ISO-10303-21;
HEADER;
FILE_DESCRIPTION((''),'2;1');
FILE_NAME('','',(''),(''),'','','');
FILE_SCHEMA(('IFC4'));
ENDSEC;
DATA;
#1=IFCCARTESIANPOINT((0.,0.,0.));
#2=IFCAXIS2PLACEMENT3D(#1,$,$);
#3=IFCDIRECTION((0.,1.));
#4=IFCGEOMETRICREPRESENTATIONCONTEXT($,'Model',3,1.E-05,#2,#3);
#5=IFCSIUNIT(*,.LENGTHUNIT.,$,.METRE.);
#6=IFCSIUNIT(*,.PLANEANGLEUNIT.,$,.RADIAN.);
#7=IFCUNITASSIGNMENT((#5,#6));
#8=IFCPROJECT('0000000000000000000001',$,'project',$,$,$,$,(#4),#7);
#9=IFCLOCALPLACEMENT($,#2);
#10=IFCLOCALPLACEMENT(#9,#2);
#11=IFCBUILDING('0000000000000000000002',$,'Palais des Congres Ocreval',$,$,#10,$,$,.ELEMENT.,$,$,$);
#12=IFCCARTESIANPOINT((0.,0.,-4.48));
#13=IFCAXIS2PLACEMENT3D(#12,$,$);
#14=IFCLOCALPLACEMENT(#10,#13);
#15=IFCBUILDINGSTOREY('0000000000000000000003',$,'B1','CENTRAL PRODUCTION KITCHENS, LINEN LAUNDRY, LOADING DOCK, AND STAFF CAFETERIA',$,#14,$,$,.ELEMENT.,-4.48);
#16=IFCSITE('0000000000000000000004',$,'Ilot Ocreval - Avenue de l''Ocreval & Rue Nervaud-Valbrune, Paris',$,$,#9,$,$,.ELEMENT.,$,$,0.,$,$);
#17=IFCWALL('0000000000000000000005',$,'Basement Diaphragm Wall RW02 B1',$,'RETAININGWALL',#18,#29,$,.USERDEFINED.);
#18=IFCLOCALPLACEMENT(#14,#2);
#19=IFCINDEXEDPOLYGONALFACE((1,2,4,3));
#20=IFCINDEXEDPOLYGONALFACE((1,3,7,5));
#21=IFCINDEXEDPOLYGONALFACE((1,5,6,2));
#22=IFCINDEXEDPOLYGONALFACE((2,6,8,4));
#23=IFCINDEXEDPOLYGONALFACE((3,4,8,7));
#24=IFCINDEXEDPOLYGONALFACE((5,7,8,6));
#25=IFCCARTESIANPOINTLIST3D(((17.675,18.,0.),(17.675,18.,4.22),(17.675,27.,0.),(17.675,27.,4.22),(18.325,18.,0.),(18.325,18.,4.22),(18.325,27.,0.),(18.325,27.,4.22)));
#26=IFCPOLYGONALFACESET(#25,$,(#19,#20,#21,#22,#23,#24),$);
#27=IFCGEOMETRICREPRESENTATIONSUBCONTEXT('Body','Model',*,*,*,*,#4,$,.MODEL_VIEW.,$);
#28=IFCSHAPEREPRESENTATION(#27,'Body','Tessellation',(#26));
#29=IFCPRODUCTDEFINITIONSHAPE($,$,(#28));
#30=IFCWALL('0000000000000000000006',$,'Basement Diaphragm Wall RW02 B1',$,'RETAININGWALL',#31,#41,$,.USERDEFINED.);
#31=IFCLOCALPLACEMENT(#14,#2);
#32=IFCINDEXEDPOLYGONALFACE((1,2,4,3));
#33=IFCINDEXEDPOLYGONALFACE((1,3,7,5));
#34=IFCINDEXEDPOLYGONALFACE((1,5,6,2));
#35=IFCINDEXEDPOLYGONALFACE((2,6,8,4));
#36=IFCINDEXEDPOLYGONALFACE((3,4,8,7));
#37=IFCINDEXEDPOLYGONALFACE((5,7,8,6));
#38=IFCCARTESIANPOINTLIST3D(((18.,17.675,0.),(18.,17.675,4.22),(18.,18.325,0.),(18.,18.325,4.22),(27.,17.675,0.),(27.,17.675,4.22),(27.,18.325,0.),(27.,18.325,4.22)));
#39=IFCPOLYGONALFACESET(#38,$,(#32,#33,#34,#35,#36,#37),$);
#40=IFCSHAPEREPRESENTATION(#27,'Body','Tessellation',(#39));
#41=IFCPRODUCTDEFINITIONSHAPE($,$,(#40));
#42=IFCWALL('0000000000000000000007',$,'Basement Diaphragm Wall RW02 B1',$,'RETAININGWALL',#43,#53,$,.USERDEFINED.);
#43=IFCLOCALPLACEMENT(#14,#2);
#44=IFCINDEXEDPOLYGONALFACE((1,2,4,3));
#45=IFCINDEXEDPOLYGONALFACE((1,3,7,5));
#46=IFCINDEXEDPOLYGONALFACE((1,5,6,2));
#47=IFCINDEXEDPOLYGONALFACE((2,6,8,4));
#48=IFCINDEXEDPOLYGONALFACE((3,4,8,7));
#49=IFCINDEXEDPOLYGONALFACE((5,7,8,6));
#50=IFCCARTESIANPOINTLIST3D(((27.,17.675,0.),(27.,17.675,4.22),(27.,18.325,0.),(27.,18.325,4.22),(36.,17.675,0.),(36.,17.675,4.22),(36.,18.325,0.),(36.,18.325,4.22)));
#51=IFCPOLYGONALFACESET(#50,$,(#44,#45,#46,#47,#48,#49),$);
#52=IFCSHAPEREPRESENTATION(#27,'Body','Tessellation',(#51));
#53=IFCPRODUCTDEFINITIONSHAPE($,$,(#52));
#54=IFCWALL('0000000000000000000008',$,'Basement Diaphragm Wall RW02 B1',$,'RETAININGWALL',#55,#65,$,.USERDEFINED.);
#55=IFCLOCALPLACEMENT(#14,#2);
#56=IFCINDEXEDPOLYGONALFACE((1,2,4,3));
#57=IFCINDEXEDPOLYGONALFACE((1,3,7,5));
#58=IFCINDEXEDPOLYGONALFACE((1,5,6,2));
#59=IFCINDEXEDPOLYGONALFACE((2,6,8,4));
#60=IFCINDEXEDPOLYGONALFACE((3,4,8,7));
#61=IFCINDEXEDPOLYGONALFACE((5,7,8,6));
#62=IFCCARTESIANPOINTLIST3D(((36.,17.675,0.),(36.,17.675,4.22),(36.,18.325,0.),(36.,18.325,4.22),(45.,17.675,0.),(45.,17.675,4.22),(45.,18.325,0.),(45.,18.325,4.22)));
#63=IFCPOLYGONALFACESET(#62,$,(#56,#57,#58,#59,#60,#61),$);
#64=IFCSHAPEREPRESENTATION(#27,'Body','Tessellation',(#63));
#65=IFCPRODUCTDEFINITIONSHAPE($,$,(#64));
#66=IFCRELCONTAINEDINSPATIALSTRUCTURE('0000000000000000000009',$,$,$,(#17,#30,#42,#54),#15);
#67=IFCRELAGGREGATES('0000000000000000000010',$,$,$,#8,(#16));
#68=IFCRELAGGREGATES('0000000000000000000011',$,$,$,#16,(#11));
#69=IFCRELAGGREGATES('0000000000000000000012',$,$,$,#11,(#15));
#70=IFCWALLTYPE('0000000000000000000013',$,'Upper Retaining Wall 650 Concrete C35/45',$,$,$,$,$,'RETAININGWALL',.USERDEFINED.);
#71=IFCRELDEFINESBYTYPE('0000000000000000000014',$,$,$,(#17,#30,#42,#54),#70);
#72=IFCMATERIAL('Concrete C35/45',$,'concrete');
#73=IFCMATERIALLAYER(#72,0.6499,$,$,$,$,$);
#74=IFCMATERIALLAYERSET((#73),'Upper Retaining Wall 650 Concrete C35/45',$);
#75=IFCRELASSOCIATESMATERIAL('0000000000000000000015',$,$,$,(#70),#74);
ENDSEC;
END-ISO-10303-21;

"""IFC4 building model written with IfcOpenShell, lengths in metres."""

from ifc_helpers import new_model, si_unit, direction, frame, frame_2d, origin, place, context, subcontext, project, spatial, rectangle, extrude, material, layer, layer_set, type_object, element, save


model = new_model("IFC4")

# Units and contexts
model_context = context("Model", 3, precision=1e-05, world=origin(), true_north=direction((0.0, 1.0)))
body_context = subcontext(model_context, "Body", "Model", "MODEL_VIEW")
ifc_project = project(units=[si_unit("LENGTHUNIT", "METRE"), si_unit("PLANEANGLEUNIT", "RADIAN")], contexts=[model_context])

# Site, building, storey
site_placement = place(None, origin())
site = spatial("IfcSite", under=ifc_project, at=site_placement, Name="Ilot Ocreval - Avenue de l'Ocreval & Rue Nervaud-Valbrune, Paris", CompositionType="ELEMENT", RefElevation=0.0)
building_placement = place(site_placement, origin())
building = spatial("IfcBuilding", under=site, at=building_placement, Name="Palais des Congres Ocreval", CompositionType="ELEMENT")
storey_placement = place(building_placement, frame((0.0, 0.0, -4.48)))
storey = spatial("IfcBuildingStorey", under=building, at=storey_placement, Name="B1", Description="CENTRAL PRODUCTION KITCHENS, LINEN LAUNDRY, LOADING DOCK, AND STAFF CAFETERIA", CompositionType="ELEMENT", Elevation=-4.48)

# Shared definitions
ifc_material_1 = material(Name="Concrete C35/45", Category="concrete")

# Walls
ifc_layer_1 = layer(ifc_material_1, 0.6499)
ifc_layer_set_1 = layer_set([ifc_layer_1], Name="Upper Retaining Wall 650 Concrete C35/45")
wall_type_1 = type_object("IfcWallType", Name="Upper Retaining Wall 650 Concrete C35/45", ElementType="RETAININGWALL", PredefinedType="USERDEFINED", material=ifc_layer_set_1)
for number, where, z_axis, x_axis, name in (
    (1, (18.0, 27.0, 0.0), (0.0, 0.0, 1.0), (0.0, -1.0, 0.0), "Basement Diaphragm Wall RW02 B1"),
    (2, (18.0, 18.0, 0.0), (0.0, 0.0, 1.0), (1.0, 0.0, 0.0), "Basement Diaphragm Wall RW02 B1"),
    (3, (27.0, 18.0, 0.0), (0.0, 0.0, 1.0), (1.0, 0.0, 0.0), "Basement Diaphragm Wall RW02 B1"),
    (4, (36.0, 18.0, 0.0), (0.0, 0.0, 1.0), (1.0, 0.0, 0.0), "Basement Diaphragm Wall RW02 B1"),
):
    element("IfcWall", number, at=place(storey_placement, frame(where, z_axis=z_axis, x_axis=x_axis)), inside=storey, type_object=wall_type_1, Name=name, ObjectType="RETAININGWALL", PredefinedType="USERDEFINED", context=body_context, shape_type="SweptSolid", body=[
        extrude(rectangle(XDim=9.0, YDim=0.6499, at=frame_2d((4.5, 0.0))), origin(), (0.0, 0.0, 1.0), 4.22),
    ])

save(model, "model.ifc")
